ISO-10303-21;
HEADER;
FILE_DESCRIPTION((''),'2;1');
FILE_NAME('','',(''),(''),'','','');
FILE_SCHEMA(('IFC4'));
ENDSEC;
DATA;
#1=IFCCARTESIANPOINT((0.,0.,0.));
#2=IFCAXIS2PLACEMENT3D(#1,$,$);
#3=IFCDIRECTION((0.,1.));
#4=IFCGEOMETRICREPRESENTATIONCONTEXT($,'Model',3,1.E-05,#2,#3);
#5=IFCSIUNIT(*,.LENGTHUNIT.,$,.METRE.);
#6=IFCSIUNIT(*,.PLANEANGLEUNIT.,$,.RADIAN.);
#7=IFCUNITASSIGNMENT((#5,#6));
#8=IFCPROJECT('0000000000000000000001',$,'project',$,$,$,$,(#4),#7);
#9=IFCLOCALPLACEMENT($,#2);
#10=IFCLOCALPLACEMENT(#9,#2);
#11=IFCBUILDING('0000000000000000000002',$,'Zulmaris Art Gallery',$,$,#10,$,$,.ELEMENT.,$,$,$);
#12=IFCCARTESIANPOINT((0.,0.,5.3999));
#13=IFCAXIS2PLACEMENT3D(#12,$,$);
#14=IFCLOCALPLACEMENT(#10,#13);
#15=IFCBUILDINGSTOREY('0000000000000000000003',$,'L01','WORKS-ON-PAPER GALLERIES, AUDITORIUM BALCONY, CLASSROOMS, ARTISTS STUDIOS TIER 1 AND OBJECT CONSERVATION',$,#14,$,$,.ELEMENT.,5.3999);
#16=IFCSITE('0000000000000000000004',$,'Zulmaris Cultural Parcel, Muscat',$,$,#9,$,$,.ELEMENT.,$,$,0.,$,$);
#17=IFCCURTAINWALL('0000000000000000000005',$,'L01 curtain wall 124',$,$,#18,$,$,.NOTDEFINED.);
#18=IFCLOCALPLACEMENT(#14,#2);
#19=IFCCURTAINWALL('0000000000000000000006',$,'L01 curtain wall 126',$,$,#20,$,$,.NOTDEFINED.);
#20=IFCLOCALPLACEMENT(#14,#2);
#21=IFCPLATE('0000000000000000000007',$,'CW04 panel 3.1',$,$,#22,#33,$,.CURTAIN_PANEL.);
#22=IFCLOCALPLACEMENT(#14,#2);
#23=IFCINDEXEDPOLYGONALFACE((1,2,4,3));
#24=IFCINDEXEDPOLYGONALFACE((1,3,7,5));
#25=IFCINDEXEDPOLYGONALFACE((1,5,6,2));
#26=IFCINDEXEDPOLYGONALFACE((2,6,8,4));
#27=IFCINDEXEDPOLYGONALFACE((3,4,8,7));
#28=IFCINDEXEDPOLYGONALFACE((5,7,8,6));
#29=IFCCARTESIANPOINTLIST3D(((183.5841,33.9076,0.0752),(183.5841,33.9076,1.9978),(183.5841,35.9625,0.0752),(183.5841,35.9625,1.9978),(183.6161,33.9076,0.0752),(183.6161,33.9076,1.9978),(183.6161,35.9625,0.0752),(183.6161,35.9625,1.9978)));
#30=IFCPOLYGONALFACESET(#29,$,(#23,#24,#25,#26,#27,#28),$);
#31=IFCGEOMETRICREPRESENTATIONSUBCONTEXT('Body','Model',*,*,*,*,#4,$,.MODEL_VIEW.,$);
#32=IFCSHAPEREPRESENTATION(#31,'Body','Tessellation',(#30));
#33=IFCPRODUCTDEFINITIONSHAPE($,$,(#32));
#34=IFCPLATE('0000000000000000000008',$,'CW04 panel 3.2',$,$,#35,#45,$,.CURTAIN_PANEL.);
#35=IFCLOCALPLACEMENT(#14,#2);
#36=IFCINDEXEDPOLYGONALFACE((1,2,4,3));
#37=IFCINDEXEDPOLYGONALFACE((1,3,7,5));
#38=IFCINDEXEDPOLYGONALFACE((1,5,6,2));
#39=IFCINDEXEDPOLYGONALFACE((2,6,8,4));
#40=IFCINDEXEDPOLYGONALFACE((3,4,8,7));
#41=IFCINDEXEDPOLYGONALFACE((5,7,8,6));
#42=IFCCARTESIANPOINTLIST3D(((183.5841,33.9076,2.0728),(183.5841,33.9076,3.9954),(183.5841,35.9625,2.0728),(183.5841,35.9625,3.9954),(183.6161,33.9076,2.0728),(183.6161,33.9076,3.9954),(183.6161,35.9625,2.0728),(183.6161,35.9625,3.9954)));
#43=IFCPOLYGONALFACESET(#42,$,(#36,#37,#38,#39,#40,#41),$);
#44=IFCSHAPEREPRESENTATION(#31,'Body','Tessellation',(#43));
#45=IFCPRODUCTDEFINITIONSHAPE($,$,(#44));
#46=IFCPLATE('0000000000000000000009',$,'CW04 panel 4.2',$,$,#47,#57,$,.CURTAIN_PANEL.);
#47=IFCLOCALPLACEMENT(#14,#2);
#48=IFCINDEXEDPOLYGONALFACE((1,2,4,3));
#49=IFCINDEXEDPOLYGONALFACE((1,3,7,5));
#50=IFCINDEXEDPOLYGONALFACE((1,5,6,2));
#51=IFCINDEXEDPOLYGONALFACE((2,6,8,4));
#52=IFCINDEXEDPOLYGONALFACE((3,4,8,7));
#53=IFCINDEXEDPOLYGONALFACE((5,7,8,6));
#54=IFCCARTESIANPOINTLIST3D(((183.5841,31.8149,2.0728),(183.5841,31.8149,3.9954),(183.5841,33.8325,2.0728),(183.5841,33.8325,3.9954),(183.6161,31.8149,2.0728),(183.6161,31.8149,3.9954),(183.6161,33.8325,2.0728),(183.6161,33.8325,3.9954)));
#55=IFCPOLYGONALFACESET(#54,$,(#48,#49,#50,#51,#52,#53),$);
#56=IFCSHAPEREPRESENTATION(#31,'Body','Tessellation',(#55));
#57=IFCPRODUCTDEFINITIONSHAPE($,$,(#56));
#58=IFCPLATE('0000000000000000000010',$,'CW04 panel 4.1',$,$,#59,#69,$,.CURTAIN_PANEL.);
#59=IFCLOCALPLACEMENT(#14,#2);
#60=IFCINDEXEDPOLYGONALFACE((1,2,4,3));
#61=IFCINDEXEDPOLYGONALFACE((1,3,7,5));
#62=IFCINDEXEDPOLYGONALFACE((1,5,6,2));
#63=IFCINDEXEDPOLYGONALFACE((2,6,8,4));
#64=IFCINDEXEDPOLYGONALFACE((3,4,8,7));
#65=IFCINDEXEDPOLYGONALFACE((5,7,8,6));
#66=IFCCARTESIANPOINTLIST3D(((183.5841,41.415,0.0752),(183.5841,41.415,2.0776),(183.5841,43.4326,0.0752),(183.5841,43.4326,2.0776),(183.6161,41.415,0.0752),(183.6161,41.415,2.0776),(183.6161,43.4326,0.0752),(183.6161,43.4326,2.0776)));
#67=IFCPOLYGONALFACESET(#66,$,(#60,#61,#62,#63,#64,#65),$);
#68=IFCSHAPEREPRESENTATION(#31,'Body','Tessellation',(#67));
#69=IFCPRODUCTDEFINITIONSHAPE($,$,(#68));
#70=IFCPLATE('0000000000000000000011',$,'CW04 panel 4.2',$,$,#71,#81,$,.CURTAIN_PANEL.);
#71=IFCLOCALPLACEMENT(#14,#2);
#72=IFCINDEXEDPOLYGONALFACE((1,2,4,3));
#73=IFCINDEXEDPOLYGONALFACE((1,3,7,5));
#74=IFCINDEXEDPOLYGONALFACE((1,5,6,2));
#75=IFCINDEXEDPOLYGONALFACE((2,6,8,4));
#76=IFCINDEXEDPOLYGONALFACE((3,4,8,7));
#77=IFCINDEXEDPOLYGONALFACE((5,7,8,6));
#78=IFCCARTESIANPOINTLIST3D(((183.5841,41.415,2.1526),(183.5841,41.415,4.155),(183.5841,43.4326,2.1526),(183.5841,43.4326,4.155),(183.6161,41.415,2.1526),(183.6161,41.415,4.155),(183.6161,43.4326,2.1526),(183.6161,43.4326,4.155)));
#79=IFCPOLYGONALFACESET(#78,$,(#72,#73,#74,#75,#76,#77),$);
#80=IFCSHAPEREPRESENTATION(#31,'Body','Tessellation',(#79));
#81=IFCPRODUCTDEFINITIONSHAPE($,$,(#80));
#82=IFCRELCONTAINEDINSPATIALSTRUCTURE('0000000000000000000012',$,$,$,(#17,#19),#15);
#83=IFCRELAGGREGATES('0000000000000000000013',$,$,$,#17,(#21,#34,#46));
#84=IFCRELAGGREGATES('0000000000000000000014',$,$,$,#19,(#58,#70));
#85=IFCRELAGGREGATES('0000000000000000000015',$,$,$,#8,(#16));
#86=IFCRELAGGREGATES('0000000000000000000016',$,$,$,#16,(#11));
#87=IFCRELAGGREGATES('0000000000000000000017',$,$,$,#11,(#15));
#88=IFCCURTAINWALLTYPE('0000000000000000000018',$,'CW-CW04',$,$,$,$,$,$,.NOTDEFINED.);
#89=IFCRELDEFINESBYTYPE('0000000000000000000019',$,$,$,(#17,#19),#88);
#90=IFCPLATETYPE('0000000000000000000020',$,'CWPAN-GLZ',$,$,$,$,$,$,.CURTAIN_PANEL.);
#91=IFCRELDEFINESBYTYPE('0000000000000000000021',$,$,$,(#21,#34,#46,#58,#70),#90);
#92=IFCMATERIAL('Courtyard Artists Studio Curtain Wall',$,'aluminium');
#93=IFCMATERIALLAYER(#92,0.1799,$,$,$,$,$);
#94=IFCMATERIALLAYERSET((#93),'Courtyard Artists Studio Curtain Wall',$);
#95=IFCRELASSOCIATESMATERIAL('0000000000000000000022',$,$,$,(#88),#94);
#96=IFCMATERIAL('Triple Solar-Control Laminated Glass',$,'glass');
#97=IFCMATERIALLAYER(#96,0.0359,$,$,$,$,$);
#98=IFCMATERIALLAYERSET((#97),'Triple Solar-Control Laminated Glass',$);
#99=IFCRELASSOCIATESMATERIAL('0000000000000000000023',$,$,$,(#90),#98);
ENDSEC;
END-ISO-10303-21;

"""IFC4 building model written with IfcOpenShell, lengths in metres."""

from ifc_helpers import new_model, si_unit, direction, frame, origin, origin_2d, place, context, subcontext, project, spatial, rectangle, extrude, material, layer, layer_set, type_object, element, aggregate, save


model = new_model("IFC4")

# Units and contexts
model_context = context("Model", 3, precision=1e-05, world=origin(), true_north=direction((0.0, 1.0)))
body_context = subcontext(model_context, "Body", "Model", "MODEL_VIEW")
ifc_project = project(units=[si_unit("LENGTHUNIT", "METRE"), si_unit("PLANEANGLEUNIT", "RADIAN")], contexts=[model_context])

# Site, building, storey
site_placement = place(None, origin())
site = spatial("IfcSite", under=ifc_project, at=site_placement, Name="Zulmaris Cultural Parcel, Muscat", CompositionType="ELEMENT", RefElevation=0.0)
building_placement = place(site_placement, origin())
building = spatial("IfcBuilding", under=site, at=building_placement, Name="Zulmaris Art Gallery", CompositionType="ELEMENT")
storey_placement = place(building_placement, frame((0.0, 0.0, 5.3999)))
storey = spatial("IfcBuildingStorey", under=building, at=storey_placement, Name="L01", Description="WORKS-ON-PAPER GALLERIES, AUDITORIUM BALCONY, CLASSROOMS, ARTISTS STUDIOS TIER 1 AND OBJECT CONSERVATION", CompositionType="ELEMENT", Elevation=5.3999)

# Curtain wall
ifc_material_1 = material(Name="Courtyard Artists Studio Curtain Wall", Category="aluminium")
ifc_layer_1 = layer(ifc_material_1, 0.1799)
ifc_layer_set_1 = layer_set([ifc_layer_1], Name="Courtyard Artists Studio Curtain Wall")
curtain_wall_type = type_object("IfcCurtainWallType", Name="CW-CW04", PredefinedType="NOTDEFINED", material=ifc_layer_set_1)
curtain_wall_1_placement = place(storey_placement, origin())
curtain_wall_1 = element("IfcCurtainWall", 1, at=curtain_wall_1_placement, inside=storey, type_object=curtain_wall_type, Name="L01 curtain wall 124", PredefinedType="NOTDEFINED")

# Curtain wall
curtain_wall_2_placement = place(storey_placement, origin())
curtain_wall_2 = element("IfcCurtainWall", 2, at=curtain_wall_2_placement, inside=storey, type_object=curtain_wall_type, Name="L01 curtain wall 126", PredefinedType="NOTDEFINED")

# Plates
ifc_material_2 = material(Name="Triple Solar-Control Laminated Glass", Category="glass")
ifc_layer_2 = layer(ifc_material_2, 0.0359)
ifc_layer_set_2 = layer_set([ifc_layer_2], Name="Triple Solar-Control Laminated Glass")
plate_type = type_object("IfcPlateType", Name="CWPAN-GLZ", PredefinedType="CURTAIN_PANEL", material=ifc_layer_set_2)
plate_1_placement = place(storey_placement, frame((183.6001, 34.9351, 0.0752), z_axis=(0.0, 0.0, 1.0), x_axis=(0.0, -1.0, 0.0)))
plate_1 = element("IfcPlate", 3, at=plate_1_placement, type_object=plate_type, Name="CW04 panel 3.1", PredefinedType="CURTAIN_PANEL", context=body_context, shape_type="SweptSolid", body=[
    extrude(rectangle(XDim=2.0549, YDim=0.032, at=origin_2d()), origin(), (0.0, 0.0, 1.0), 1.9226),
])
plate_2_placement = place(storey_placement, frame((183.6001, 34.9351, 2.0728), z_axis=(0.0, 0.0, 1.0), x_axis=(0.0, -1.0, 0.0)))
plate_2 = element("IfcPlate", 4, at=plate_2_placement, type_object=plate_type, Name="CW04 panel 3.2", PredefinedType="CURTAIN_PANEL", context=body_context, shape_type="SweptSolid", body=[
    extrude(rectangle(XDim=2.0549, YDim=0.032, at=origin_2d()), origin(), (0.0, 0.0, 1.0), 1.9226),
])
plate_3_placement = place(storey_placement, frame((183.6001, 32.8237, 2.0728), z_axis=(0.0, 0.0, 1.0), x_axis=(0.0, -1.0, 0.0)))
plate_3 = element("IfcPlate", 5, at=plate_3_placement, type_object=plate_type, Name="CW04 panel 4.2", PredefinedType="CURTAIN_PANEL", context=body_context, shape_type="SweptSolid", body=[
    extrude(rectangle(XDim=2.0176, YDim=0.032, at=origin_2d()), origin(), (0.0, 0.0, 1.0), 1.9226),
])
aggregate(curtain_wall_1, [plate_1, plate_2, plate_3])
plate_4_placement = place(storey_placement, frame((183.6001, 42.4238, 0.0752), z_axis=(0.0, 0.0, 1.0), x_axis=(0.0, -1.0, 0.0)))
plate_4 = element("IfcPlate", 6, at=plate_4_placement, type_object=plate_type, Name="CW04 panel 4.1", PredefinedType="CURTAIN_PANEL", context=body_context, shape_type="SweptSolid", body=[
    extrude(rectangle(XDim=2.0176, YDim=0.032, at=origin_2d()), origin(), (0.0, 0.0, 1.0), 2.0024),
])
plate_5_placement = place(storey_placement, frame((183.6001, 42.4238, 2.1526), z_axis=(0.0, 0.0, 1.0), x_axis=(0.0, -1.0, 0.0)))
plate_5 = element("IfcPlate", 7, at=plate_5_placement, type_object=plate_type, Name="CW04 panel 4.2", PredefinedType="CURTAIN_PANEL", context=body_context, shape_type="SweptSolid", body=[
    extrude(rectangle(XDim=2.0176, YDim=0.032, at=origin_2d()), origin(), (0.0, 0.0, 1.0), 2.0024),
])
aggregate(curtain_wall_2, [plate_4, plate_5])

save(model, "model.ifc")
